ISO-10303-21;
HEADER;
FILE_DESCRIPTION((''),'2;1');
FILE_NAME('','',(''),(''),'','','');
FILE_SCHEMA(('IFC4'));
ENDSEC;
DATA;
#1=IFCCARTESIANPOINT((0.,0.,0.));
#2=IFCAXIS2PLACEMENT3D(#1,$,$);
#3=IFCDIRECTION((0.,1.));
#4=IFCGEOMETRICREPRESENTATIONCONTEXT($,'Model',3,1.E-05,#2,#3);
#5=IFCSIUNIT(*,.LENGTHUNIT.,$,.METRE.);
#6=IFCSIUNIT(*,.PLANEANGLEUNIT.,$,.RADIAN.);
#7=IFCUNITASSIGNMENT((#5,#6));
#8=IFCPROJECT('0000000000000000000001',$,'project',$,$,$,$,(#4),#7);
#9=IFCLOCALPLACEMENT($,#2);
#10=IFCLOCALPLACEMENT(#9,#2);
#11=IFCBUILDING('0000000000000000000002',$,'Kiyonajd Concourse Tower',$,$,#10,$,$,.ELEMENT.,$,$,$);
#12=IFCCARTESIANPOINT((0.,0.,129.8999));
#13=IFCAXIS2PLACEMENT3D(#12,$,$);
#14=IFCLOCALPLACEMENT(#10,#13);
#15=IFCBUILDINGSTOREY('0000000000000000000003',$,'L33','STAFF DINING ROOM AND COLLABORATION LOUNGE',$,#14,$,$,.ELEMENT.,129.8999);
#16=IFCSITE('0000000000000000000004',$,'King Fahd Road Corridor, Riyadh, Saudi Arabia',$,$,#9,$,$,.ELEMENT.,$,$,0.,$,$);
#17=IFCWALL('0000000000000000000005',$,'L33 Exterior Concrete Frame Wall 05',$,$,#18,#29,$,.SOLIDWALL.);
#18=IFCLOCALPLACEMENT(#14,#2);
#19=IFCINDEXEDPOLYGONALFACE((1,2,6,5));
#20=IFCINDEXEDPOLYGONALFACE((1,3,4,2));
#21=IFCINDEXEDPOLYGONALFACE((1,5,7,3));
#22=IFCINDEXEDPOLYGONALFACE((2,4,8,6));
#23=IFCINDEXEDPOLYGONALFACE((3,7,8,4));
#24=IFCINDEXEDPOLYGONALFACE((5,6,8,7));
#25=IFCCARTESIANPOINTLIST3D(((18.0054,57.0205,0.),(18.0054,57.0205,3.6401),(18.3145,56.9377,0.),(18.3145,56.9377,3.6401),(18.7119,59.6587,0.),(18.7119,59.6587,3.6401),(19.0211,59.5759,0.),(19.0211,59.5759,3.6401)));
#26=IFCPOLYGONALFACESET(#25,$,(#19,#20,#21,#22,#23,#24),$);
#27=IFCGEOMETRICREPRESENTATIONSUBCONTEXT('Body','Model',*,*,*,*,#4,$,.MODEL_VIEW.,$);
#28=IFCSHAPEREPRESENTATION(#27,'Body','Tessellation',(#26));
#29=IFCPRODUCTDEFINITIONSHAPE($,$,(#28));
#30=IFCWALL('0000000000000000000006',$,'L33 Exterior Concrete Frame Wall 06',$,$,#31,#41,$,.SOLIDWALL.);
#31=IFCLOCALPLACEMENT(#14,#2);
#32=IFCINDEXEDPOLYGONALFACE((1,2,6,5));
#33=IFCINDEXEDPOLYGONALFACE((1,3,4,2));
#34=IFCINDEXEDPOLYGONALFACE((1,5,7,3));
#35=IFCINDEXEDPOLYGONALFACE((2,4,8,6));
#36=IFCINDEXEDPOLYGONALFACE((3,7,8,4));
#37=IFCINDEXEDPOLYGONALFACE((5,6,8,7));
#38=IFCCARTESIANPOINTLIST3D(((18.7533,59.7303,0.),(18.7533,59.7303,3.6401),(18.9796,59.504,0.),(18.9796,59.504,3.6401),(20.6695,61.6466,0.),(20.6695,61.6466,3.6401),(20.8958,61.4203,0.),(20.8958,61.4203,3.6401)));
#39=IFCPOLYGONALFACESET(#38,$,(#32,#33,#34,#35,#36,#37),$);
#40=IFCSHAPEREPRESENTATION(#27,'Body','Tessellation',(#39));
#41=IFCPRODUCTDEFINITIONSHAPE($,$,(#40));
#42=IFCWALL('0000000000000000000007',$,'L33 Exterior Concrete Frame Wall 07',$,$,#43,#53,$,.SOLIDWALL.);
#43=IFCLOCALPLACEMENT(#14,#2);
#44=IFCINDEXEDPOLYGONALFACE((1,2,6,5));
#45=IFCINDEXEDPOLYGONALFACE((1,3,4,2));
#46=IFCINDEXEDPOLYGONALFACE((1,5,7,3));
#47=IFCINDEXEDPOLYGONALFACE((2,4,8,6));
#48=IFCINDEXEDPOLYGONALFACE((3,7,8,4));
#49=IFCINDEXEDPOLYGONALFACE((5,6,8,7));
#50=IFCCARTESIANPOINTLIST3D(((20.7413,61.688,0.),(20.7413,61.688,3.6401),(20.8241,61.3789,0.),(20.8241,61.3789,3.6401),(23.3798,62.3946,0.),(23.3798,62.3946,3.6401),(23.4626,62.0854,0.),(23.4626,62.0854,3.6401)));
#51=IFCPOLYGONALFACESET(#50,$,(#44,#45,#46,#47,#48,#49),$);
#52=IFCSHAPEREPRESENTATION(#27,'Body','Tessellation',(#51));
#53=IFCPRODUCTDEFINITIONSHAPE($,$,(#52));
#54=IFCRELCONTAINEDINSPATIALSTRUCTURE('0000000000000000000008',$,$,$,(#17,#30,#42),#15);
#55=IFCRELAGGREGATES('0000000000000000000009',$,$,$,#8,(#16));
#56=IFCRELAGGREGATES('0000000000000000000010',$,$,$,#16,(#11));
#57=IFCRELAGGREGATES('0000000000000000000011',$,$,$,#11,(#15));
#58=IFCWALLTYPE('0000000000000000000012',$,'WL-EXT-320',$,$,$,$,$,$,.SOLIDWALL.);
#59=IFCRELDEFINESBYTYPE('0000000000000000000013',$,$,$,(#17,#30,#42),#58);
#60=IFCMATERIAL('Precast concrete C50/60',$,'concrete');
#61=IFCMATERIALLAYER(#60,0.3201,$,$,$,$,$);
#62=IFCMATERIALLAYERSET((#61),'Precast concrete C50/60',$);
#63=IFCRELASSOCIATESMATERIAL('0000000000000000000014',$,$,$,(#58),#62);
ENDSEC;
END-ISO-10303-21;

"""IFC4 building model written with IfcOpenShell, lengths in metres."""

from ifc_helpers import new_model, si_unit, direction, frame, frame_2d, origin, place, context, subcontext, project, spatial, rectangle, extrude, material, layer, layer_set, type_object, element, save


model = new_model("IFC4")

# Units and contexts
model_context = context("Model", 3, precision=1e-05, world=origin(), true_north=direction((0.0, 1.0)))
body_context = subcontext(model_context, "Body", "Model", "MODEL_VIEW")
ifc_project = project(units=[si_unit("LENGTHUNIT", "METRE"), si_unit("PLANEANGLEUNIT", "RADIAN")], contexts=[model_context])

# Site, building, storey
site_placement = place(None, origin())
site = spatial("IfcSite", under=ifc_project, at=site_placement, Name="King Fahd Road Corridor, Riyadh, Saudi Arabia", CompositionType="ELEMENT", RefElevation=0.0)
building_placement = place(site_placement, origin())
building = spatial("IfcBuilding", under=site, at=building_placement, Name="Kiyonajd Concourse Tower", CompositionType="ELEMENT")
storey_placement = place(building_placement, frame((0.0, 0.0, 129.8999)))
storey = spatial("IfcBuildingStorey", under=building, at=storey_placement, Name="L33", Description="STAFF DINING ROOM AND COLLABORATION LOUNGE", CompositionType="ELEMENT", Elevation=129.8999)

# Shared definitions
ifc_material_1 = material(Name="Precast concrete C50/60", Category="concrete")

# Walls
ifc_layer_1 = layer(ifc_material_1, 0.3201)
ifc_layer_set_1 = layer_set([ifc_layer_1], Name="Precast concrete C50/60")
wall_type = type_object("IfcWallType", Name="WL-EXT-320", PredefinedType="SOLIDWALL", material=ifc_layer_set_1)
wall_1_placement = place(storey_placement, frame((18.1599, 56.979, 0.0), z_axis=(0.0, 0.0, 1.0), x_axis=(0.258697, 0.965958, 0.0)))
element("IfcWall", 1, at=wall_1_placement, inside=storey, type_object=wall_type, Name="L33 Exterior Concrete Frame Wall 05", PredefinedType="SOLIDWALL", context=body_context, shape_type="SweptSolid", body=[
    extrude(rectangle(XDim=2.7312, YDim=0.3201, at=frame_2d((1.3657, 0.0))), origin(), (0.0, 0.0, 1.0), 3.6401),
])
wall_2_placement = place(storey_placement, frame((18.8665, 59.6172, 0.0), z_axis=(0.0, 0.0, 1.0), x_axis=(0.707107, 0.707107, 0.0)))
element("IfcWall", 2, at=wall_2_placement, inside=storey, type_object=wall_type, Name="L33 Exterior Concrete Frame Wall 06", PredefinedType="SOLIDWALL", context=body_context, shape_type="SweptSolid", body=[
    extrude(rectangle(XDim=2.71, YDim=0.3201, at=frame_2d((1.355, 0.0))), origin(), (0.0, 0.0, 1.0), 3.6401),
])
wall_3_placement = place(storey_placement, frame((20.7827, 61.5334, 0.0), z_axis=(0.0, 0.0, 1.0), x_axis=(0.965964, 0.258675, 0.0)))
element("IfcWall", 3, at=wall_3_placement, inside=storey, type_object=wall_type, Name="L33 Exterior Concrete Frame Wall 07", PredefinedType="SOLIDWALL", context=body_context, shape_type="SweptSolid", body=[
    extrude(rectangle(XDim=2.7314, YDim=0.3201, at=frame_2d((1.3657, 0.0))), origin(), (0.0, 0.0, 1.0), 3.6401),
])

save(model, "model.ifc")
